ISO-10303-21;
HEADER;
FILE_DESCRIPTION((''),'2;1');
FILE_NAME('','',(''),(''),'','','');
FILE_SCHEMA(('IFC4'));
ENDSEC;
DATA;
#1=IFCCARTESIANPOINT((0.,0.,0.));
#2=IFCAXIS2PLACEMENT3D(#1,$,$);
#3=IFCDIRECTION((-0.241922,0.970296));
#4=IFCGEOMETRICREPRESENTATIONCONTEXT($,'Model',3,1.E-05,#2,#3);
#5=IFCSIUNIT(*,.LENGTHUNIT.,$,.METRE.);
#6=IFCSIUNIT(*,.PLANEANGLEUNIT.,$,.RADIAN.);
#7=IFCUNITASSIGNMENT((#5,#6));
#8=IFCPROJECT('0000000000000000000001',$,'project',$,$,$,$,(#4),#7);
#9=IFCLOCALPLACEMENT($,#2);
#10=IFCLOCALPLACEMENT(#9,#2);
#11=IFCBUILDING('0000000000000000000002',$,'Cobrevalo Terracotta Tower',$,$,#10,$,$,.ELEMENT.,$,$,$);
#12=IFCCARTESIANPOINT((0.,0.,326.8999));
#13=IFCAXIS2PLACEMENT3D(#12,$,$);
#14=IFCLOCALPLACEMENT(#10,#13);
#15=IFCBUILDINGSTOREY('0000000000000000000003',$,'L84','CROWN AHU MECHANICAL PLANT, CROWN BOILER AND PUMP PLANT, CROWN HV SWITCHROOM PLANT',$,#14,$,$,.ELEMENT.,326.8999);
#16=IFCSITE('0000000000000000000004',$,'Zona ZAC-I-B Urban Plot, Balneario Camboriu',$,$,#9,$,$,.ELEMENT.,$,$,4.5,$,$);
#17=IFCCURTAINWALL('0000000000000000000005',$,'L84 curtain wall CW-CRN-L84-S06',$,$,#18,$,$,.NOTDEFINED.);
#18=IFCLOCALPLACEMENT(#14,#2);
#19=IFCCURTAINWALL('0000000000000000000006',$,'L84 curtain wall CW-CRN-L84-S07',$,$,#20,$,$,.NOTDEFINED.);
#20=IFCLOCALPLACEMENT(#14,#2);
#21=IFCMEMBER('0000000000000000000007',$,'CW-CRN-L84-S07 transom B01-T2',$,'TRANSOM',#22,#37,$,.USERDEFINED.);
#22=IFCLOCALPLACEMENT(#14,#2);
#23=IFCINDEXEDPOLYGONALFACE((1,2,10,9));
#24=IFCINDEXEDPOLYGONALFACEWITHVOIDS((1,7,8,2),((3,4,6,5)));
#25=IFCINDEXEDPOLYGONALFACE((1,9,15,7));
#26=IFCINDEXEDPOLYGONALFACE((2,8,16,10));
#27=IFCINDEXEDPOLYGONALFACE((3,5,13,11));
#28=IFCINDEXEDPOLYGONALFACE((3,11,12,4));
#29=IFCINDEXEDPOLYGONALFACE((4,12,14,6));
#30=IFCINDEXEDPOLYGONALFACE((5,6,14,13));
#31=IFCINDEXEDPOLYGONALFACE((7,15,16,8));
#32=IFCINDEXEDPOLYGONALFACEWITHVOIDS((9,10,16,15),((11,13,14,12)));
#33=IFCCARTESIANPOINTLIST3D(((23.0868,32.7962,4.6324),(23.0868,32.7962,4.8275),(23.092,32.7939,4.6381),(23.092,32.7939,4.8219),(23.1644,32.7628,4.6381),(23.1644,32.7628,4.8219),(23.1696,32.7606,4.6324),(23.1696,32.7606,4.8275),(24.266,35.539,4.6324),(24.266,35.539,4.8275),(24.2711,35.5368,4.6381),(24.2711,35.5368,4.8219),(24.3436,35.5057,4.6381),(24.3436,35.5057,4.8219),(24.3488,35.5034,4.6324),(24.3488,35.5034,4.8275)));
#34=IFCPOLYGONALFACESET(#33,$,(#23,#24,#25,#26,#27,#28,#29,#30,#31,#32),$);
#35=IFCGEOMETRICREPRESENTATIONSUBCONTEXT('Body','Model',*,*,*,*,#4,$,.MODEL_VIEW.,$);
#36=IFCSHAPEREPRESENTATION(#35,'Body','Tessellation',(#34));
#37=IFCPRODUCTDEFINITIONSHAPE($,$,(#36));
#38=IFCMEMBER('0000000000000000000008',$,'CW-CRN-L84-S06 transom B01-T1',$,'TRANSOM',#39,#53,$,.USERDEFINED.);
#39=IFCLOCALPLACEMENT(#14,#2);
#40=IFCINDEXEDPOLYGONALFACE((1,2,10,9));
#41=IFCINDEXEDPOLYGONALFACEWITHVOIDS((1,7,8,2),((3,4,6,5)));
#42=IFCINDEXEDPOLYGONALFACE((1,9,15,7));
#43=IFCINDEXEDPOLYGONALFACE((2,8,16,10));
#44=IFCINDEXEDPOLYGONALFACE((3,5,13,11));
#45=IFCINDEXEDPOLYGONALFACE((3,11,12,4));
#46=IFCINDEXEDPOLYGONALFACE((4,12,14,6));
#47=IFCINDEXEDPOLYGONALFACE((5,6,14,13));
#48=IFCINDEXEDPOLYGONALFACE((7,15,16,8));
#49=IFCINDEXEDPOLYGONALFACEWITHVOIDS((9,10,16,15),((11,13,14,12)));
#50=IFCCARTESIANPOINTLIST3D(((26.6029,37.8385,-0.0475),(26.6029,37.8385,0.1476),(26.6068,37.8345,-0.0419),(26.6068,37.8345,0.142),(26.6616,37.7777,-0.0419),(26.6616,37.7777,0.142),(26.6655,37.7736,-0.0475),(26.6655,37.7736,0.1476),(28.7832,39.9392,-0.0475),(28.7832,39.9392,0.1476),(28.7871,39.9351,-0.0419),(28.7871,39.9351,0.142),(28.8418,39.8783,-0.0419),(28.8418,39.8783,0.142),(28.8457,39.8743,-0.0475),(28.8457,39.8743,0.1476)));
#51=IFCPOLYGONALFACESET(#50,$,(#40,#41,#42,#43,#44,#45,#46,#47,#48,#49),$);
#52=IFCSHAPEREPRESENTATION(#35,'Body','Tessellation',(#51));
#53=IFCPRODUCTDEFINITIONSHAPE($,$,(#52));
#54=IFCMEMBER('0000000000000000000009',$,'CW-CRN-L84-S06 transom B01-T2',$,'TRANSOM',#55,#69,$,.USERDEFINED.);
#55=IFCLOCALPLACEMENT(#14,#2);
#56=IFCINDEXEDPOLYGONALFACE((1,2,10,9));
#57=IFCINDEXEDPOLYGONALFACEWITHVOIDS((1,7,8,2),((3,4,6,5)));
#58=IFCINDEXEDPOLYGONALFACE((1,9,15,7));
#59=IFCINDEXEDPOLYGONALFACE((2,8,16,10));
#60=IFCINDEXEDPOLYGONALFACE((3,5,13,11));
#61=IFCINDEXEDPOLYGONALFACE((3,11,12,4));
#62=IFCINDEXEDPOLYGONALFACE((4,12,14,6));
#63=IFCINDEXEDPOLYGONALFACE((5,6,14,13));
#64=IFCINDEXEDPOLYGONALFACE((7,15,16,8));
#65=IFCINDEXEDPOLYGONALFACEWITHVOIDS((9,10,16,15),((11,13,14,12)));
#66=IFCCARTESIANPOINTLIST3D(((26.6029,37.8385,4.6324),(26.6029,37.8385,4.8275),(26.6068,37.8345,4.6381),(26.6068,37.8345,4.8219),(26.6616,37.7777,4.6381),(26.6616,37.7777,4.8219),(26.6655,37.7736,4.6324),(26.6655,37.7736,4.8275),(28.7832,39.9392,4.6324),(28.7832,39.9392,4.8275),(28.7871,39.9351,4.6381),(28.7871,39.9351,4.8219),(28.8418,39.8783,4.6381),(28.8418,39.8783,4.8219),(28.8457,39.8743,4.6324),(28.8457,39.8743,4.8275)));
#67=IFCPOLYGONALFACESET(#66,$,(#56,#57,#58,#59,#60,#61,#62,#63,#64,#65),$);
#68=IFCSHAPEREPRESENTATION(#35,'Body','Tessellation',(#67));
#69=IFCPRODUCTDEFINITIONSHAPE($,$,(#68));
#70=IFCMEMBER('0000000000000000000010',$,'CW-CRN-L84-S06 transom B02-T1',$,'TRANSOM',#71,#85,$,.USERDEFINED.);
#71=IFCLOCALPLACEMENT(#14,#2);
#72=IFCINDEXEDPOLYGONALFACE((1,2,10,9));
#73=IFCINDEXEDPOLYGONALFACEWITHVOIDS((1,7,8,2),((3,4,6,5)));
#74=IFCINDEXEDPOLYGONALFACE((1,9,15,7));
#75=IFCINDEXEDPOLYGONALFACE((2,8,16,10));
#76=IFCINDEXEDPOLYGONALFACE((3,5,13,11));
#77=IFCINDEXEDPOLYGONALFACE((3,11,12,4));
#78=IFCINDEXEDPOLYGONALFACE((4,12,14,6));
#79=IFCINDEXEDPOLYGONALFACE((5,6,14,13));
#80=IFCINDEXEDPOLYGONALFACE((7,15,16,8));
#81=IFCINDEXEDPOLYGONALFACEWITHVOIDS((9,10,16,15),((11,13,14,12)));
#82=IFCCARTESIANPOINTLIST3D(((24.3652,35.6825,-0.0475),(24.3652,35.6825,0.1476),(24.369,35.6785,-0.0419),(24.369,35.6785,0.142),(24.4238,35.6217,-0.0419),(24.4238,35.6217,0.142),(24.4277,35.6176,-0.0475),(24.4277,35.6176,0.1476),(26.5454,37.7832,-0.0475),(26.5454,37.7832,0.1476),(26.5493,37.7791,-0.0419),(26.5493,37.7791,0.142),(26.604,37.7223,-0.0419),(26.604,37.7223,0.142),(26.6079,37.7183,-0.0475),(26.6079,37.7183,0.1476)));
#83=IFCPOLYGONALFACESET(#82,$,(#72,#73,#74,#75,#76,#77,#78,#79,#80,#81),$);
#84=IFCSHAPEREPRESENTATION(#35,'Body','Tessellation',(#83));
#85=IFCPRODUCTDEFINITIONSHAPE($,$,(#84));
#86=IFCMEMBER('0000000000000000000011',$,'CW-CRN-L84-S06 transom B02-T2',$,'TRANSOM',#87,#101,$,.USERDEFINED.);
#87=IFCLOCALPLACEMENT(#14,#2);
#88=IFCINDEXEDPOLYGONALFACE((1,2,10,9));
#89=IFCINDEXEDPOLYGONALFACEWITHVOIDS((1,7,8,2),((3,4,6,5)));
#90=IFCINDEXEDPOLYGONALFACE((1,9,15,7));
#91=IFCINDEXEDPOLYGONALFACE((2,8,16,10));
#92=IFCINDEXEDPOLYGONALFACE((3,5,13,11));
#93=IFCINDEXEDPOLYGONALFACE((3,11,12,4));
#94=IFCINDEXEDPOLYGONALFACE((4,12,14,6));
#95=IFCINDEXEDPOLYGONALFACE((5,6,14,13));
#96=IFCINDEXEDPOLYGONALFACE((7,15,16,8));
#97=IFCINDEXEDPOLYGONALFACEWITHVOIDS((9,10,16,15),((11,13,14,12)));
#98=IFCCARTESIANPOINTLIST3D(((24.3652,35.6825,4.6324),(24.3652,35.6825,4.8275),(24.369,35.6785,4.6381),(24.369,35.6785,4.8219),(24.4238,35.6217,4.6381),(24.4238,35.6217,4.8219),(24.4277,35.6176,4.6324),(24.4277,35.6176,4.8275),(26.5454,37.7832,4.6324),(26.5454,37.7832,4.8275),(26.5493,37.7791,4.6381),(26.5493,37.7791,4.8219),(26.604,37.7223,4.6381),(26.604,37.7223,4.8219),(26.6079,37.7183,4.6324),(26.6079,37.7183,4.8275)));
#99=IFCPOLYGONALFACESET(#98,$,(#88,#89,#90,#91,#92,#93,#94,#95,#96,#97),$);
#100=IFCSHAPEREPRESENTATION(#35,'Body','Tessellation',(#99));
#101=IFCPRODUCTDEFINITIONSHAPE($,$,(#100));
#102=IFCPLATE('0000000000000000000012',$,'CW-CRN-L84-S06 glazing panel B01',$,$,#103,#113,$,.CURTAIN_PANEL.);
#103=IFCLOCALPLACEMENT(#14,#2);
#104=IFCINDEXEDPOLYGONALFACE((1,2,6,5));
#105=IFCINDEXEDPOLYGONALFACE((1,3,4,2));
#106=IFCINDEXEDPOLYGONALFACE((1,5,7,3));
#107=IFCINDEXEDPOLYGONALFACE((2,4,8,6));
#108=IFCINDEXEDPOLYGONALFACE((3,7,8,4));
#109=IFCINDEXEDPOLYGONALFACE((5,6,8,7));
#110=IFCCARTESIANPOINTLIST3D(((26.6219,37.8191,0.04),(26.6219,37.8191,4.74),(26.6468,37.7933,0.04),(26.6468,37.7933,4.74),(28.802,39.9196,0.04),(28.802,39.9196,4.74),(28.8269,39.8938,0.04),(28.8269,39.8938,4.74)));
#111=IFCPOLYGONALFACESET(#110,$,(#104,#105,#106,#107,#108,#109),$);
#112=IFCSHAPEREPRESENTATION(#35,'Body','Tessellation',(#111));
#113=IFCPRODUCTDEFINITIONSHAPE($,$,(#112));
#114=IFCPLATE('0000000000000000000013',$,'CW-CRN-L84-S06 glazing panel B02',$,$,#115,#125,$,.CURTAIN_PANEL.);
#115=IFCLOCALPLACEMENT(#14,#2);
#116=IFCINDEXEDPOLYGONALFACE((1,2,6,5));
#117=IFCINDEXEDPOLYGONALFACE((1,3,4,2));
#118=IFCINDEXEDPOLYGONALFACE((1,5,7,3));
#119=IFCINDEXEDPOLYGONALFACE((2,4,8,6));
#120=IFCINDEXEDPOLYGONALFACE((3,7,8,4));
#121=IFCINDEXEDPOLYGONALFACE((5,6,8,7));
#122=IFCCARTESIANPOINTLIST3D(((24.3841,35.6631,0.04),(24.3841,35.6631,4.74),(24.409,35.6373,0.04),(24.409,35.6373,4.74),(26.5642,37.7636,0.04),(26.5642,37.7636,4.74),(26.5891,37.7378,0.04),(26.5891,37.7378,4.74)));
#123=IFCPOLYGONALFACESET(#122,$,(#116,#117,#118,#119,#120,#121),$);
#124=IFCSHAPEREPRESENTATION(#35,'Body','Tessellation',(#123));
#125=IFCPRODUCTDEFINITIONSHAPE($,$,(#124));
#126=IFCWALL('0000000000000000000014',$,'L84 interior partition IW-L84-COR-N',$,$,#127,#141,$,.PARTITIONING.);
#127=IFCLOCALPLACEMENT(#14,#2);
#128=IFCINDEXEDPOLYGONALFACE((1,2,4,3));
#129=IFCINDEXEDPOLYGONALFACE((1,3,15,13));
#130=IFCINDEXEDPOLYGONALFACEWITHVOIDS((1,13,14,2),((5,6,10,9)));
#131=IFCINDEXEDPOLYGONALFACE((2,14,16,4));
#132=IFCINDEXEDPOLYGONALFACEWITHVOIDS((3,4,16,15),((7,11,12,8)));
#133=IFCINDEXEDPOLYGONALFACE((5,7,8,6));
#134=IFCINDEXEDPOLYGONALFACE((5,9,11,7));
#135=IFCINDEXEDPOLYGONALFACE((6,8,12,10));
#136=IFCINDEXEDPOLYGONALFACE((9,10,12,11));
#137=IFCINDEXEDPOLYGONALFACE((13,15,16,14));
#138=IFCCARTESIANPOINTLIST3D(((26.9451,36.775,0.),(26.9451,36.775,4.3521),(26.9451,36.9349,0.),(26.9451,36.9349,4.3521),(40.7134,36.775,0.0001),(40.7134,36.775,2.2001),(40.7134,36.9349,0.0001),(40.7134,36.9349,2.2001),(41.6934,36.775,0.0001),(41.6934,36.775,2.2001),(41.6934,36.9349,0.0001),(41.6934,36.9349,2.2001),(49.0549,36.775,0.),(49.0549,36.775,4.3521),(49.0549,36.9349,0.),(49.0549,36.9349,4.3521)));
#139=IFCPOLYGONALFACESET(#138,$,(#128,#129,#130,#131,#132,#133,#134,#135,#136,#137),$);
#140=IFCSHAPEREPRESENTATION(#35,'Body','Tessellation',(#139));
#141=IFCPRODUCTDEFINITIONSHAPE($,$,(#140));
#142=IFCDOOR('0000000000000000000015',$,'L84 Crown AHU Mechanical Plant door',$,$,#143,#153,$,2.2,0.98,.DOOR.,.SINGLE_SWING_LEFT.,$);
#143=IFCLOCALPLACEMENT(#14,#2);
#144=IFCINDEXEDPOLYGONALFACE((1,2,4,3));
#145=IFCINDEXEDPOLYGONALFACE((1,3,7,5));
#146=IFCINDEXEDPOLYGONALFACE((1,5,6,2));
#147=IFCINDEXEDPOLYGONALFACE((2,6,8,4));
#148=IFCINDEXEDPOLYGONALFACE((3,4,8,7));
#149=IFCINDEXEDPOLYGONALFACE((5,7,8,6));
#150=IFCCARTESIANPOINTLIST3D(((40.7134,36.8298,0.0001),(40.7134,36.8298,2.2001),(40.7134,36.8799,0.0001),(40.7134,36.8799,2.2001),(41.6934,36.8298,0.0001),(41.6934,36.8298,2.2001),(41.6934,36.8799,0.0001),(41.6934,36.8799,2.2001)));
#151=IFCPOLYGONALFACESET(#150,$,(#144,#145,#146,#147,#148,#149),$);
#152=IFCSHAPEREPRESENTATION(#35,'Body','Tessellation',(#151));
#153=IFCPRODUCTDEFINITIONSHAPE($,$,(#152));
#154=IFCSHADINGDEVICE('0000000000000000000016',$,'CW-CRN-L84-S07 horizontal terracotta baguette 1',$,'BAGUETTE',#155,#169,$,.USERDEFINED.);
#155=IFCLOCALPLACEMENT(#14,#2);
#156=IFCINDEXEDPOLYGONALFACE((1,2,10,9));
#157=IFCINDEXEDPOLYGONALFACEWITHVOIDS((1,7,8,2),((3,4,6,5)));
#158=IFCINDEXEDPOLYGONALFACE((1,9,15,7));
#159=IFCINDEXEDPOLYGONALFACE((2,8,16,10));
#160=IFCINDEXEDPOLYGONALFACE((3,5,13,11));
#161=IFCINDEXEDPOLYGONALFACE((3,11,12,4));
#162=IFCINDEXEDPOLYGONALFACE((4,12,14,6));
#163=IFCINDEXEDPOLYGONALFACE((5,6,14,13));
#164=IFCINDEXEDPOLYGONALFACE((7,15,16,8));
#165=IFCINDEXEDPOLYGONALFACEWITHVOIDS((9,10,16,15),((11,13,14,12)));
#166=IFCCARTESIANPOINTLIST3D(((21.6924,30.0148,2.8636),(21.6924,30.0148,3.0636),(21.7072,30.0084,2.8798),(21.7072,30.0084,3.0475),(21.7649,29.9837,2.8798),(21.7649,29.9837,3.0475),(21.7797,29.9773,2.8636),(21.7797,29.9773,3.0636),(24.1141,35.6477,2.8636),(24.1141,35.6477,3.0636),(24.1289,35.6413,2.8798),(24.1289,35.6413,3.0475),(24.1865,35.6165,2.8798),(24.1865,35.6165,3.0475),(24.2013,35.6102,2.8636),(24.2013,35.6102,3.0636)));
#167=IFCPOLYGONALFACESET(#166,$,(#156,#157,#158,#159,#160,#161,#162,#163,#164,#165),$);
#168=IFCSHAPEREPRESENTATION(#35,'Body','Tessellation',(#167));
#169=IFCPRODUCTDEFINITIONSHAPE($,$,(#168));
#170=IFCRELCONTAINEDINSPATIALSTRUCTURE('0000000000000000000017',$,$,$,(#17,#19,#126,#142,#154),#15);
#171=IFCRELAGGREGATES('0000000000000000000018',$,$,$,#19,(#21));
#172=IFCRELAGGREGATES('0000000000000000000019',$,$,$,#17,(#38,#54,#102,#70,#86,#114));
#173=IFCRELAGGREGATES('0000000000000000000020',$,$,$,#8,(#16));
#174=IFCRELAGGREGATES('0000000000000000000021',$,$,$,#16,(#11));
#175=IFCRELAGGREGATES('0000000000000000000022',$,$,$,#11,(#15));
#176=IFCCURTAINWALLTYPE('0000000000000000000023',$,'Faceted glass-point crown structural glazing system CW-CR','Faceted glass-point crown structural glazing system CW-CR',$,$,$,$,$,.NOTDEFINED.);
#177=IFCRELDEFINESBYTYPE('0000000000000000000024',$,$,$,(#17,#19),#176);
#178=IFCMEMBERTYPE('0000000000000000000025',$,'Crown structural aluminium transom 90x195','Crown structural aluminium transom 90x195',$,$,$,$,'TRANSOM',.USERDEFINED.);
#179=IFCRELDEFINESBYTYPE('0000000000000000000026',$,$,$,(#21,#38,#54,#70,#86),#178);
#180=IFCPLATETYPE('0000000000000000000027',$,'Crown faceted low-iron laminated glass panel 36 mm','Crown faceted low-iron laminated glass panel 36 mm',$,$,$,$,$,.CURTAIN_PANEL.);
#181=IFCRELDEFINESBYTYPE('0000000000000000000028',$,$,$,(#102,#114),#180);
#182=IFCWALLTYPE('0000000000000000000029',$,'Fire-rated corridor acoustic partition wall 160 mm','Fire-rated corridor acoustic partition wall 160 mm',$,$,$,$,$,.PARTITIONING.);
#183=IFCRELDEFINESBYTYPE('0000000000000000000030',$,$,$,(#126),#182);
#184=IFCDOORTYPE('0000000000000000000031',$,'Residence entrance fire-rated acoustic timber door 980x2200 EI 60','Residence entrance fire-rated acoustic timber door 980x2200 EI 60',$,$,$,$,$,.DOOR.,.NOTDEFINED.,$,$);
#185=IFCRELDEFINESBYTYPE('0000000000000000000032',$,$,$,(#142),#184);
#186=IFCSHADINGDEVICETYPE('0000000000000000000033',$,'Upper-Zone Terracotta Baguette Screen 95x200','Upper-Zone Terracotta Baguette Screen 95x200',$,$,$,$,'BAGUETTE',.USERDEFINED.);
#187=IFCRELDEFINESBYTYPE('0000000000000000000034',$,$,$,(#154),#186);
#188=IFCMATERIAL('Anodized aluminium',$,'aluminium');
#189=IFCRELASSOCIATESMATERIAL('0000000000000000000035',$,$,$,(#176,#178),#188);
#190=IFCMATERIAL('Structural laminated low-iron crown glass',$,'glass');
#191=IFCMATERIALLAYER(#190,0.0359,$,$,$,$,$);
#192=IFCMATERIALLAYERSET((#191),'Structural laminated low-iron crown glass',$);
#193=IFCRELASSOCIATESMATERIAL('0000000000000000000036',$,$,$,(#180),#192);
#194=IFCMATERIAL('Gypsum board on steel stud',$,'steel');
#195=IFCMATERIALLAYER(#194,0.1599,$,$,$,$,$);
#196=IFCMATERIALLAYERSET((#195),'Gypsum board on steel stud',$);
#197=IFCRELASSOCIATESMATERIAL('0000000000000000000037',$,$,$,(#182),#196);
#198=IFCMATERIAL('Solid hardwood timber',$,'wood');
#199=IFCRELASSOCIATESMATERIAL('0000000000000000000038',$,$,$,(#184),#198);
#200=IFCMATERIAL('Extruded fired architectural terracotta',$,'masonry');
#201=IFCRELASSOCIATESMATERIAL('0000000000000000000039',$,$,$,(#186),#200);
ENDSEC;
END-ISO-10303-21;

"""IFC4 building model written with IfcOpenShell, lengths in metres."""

from ifc_helpers import new_model, si_unit, direction, frame, frame_2d, origin, origin_2d, place, context, subcontext, project, spatial, rectangle, hollow_rectangle, extrude, source, transform, mapped, material, layer, layer_set, material_profile, profile_set, type_object, element, fill, aggregate, save


model = new_model("IFC4")

# Units and contexts
model_context = context("Model", 3, precision=1e-05, world=origin(), true_north=direction((-0.241922, 0.970296)))
body_context = subcontext(model_context, "Body", "Model", "MODEL_VIEW")
ifc_project = project(units=[si_unit("LENGTHUNIT", "METRE"), si_unit("PLANEANGLEUNIT", "RADIAN")], contexts=[model_context])

# Site, building, storey
site_placement = place(None, origin())
site = spatial("IfcSite", under=ifc_project, at=site_placement, Name="Zona ZAC-I-B Urban Plot, Balneario Camboriu", CompositionType="ELEMENT", RefElevation=4.5)
building_placement = place(site_placement, origin())
building = spatial("IfcBuilding", under=site, at=building_placement, Name="Cobrevalo Terracotta Tower", CompositionType="ELEMENT")
storey_placement = place(building_placement, frame((0.0, 0.0, 326.8999)))
storey = spatial("IfcBuildingStorey", under=building, at=storey_placement, Name="L84", Description="CROWN AHU MECHANICAL PLANT, CROWN BOILER AND PUMP PLANT, CROWN HV SWITCHROOM PLANT", CompositionType="ELEMENT", Elevation=326.8999)

# Shared definitions
ifc_material_1 = material(Name="Anodized aluminium", Category="aluminium")
curtain_wall_type = type_object("IfcCurtainWallType", Name="Faceted glass-point crown structural glazing system CW-CR", Description="Faceted glass-point crown structural glazing system CW-CR", PredefinedType="NOTDEFINED", material=ifc_material_1)

# Curtain walls, member
curtain_wall_1_placement = place(storey_placement, origin())
curtain_wall_1 = element("IfcCurtainWall", 1, at=curtain_wall_1_placement, inside=storey, type_object=curtain_wall_type, Name="L84 curtain wall CW-CRN-L84-S06", PredefinedType="NOTDEFINED")
curtain_wall_2_placement = place(storey_placement, origin())
curtain_wall_2 = element("IfcCurtainWall", 2, at=curtain_wall_2_placement, inside=storey, type_object=curtain_wall_type, Name="L84 curtain wall CW-CRN-L84-S07", PredefinedType="NOTDEFINED")
ifc_material_profile_1 = material_profile(ifc_material_1, hollow_rectangle(XDim=0.0901, YDim=0.1951, WallThickness=0.0056, at=origin_2d()), Name="CWT 90x195")
ifc_profile_set_1 = profile_set([ifc_material_profile_1], Name="Anodized aluminium")
member_type_1 = type_object("IfcMemberType", Name="Crown structural aluminium transom 90x195", Description="Crown structural aluminium transom 90x195", ElementType="TRANSOM", PredefinedType="USERDEFINED", material=ifc_profile_set_1)
shared_shape_1 = source(origin(), body_context, "Body", "SweptSolid", [
    extrude(hollow_rectangle(XDim=0.0901, YDim=0.1951, WallThickness=0.0056, at=origin_2d()), origin(), (0.0, 0.0, 1.0), 2.9856),
])
member_1_placement = place(storey_placement, frame((24.3074, 35.5212, 4.73), z_axis=(-0.394955, -0.9187, 0.0), x_axis=(0.9187, -0.394955, 0.0)))
member_1 = element("IfcMember", 3, at=member_1_placement, type_object=member_type_1, Name="CW-CRN-L84-S07 transom B01-T2", ObjectType="TRANSOM", PredefinedType="USERDEFINED", context=body_context, shape_type="MappedRepresentation", body=[
    mapped(shared_shape_1, transform((0.0, 0.0, 0.0), scale=1.0)),
])
aggregate(curtain_wall_2, [member_1])

# Members
shared_shape_2 = source(origin(), body_context, "Body", "SweptSolid", [
    extrude(hollow_rectangle(XDim=0.0901, YDim=0.1951, WallThickness=0.0056, at=origin_2d()), origin(), (0.0, 0.0, 1.0), 3.0276),
])
member_2_placement = place(storey_placement, frame((28.8145, 39.9067, 0.05), z_axis=(-0.720129, -0.69384, 0.0), x_axis=(0.69384, -0.720129, 0.0)))
member_2 = element("IfcMember", 4, at=member_2_placement, type_object=member_type_1, Name="CW-CRN-L84-S06 transom B01-T1", ObjectType="TRANSOM", PredefinedType="USERDEFINED", context=body_context, shape_type="MappedRepresentation", body=[
    mapped(shared_shape_2, transform((0.0, 0.0, 0.0), scale=1.0)),
])
member_3_placement = place(storey_placement, frame((28.8145, 39.9067, 4.73), z_axis=(-0.720129, -0.69384, 0.0), x_axis=(0.69384, -0.720129, 0.0)))
member_3 = element("IfcMember", 5, at=member_3_placement, type_object=member_type_1, Name="CW-CRN-L84-S06 transom B01-T2", ObjectType="TRANSOM", PredefinedType="USERDEFINED", context=body_context, shape_type="MappedRepresentation", body=[
    mapped(shared_shape_2, transform((0.0, 0.0, 0.0), scale=1.0)),
])
member_4_placement = place(storey_placement, frame((26.5767, 37.7507, 0.05), z_axis=(-0.720129, -0.69384, 0.0), x_axis=(0.69384, -0.720129, 0.0)))
member_4 = element("IfcMember", 6, at=member_4_placement, type_object=member_type_1, Name="CW-CRN-L84-S06 transom B02-T1", ObjectType="TRANSOM", PredefinedType="USERDEFINED", context=body_context, shape_type="MappedRepresentation", body=[
    mapped(shared_shape_2, transform((0.0, 0.0, 0.0), scale=1.0)),
])
member_5_placement = place(storey_placement, frame((26.5767, 37.7507, 4.73), z_axis=(-0.720129, -0.69384, 0.0), x_axis=(0.69384, -0.720129, 0.0)))
member_5 = element("IfcMember", 7, at=member_5_placement, type_object=member_type_1, Name="CW-CRN-L84-S06 transom B02-T2", ObjectType="TRANSOM", PredefinedType="USERDEFINED", context=body_context, shape_type="MappedRepresentation", body=[
    mapped(shared_shape_2, transform((0.0, 0.0, 0.0), scale=1.0)),
])

# Plates
ifc_material_2 = material(Name="Structural laminated low-iron crown glass", Category="glass")
ifc_layer_1 = layer(ifc_material_2, 0.0359)
ifc_layer_set_1 = layer_set([ifc_layer_1], Name="Structural laminated low-iron crown glass")
plate_type = type_object("IfcPlateType", Name="Crown faceted low-iron laminated glass panel 36 mm", Description="Crown faceted low-iron laminated glass panel 36 mm", PredefinedType="CURTAIN_PANEL", material=ifc_layer_set_1)
shared_shape_3 = source(origin(), body_context, "Body", "SweptSolid", [
    extrude(rectangle(XDim=3.0273, YDim=0.0359, at=origin_2d()), origin(), (0.0, 0.0, 1.0), 4.7),
])
plate_1_placement = place(storey_placement, frame((27.7244, 38.8564, 0.04), z_axis=(0.0, 0.0, 1.0), x_axis=(-0.720133, -0.693836, 0.0)))
plate_1 = element("IfcPlate", 8, at=plate_1_placement, type_object=plate_type, Name="CW-CRN-L84-S06 glazing panel B01", PredefinedType="CURTAIN_PANEL", context=body_context, shape_type="MappedRepresentation", body=[
    mapped(shared_shape_3, transform((0.0, 0.0, 0.0), scale=1.0)),
])
plate_2_placement = place(storey_placement, frame((25.4866, 36.7004, 0.04), z_axis=(0.0, 0.0, 1.0), x_axis=(-0.720133, -0.693836, 0.0)))
plate_2 = element("IfcPlate", 9, at=plate_2_placement, type_object=plate_type, Name="CW-CRN-L84-S06 glazing panel B02", PredefinedType="CURTAIN_PANEL", context=body_context, shape_type="MappedRepresentation", body=[
    mapped(shared_shape_3, transform((0.0, 0.0, 0.0), scale=1.0)),
])
aggregate(curtain_wall_1, [member_2, member_3, plate_1, member_4, member_5, plate_2])

# Wall, opening, door
ifc_material_3 = material(Name="Gypsum board on steel stud", Category="steel")
ifc_layer_2 = layer(ifc_material_3, 0.1599)
ifc_layer_set_2 = layer_set([ifc_layer_2], Name="Gypsum board on steel stud")
wall_type = type_object("IfcWallType", Name="Fire-rated corridor acoustic partition wall 160 mm", Description="Fire-rated corridor acoustic partition wall 160 mm", PredefinedType="PARTITIONING", material=ifc_layer_set_2)
wall_placement = place(storey_placement, frame((26.9451, 36.855, 0.0), z_axis=(0.0, 0.0, 1.0), x_axis=(1.0, 0.0, 0.0)))
wall = element("IfcWall", 10, at=wall_placement, inside=storey, type_object=wall_type, Name="L84 interior partition IW-L84-COR-N", PredefinedType="PARTITIONING", context=body_context, shape_type="SweptSolid", body=[
    extrude(rectangle(XDim=22.1099, YDim=0.1599, at=frame_2d((11.0549, 0.0))), origin(), (0.0, 0.0, 1.0), 4.3521),
])
opening_placement = place(wall_placement, frame((13.7683, 0.0, 0.0)))
opening = element("IfcOpeningElement", 11, at=opening_placement, cuts=wall, PredefinedType="OPENING", context=body_context, shape_type="SweptSolid", body=[
    extrude(rectangle(XDim=0.98, YDim=2.2, at=frame_2d((0.49, 1.1001))), frame((0.0, 0.0898, 0.0), z_axis=(0.0, -1.0, 0.0), x_axis=(1.0, 0.0, 0.0)), (0.0, 0.0, 1.0), 0.1799),
])
ifc_material_4 = material(Name="Solid hardwood timber", Category="wood")
door_type = type_object("IfcDoorType", Name="Residence entrance fire-rated acoustic timber door 980x2200 EI 60", Description="Residence entrance fire-rated acoustic timber door 980x2200 EI 60", OperationType="NOTDEFINED", PredefinedType="DOOR", material=ifc_material_4)
shared_shape_4 = source(origin(), body_context, "Body", "SweptSolid", [
    extrude(rectangle(XDim=0.98, YDim=2.2, at=frame_2d((0.49, 1.1001))), frame((0.0, 0.0249, 0.0), z_axis=(0.0, -1.0, 0.0), x_axis=(1.0, 0.0, 0.0)), (0.0, 0.0, 1.0), 0.05),
])
door_placement = place(opening_placement, origin())
door = element("IfcDoor", 12, at=door_placement, inside=storey, type_object=door_type, Name="L84 Crown AHU Mechanical Plant door", OperationType="SINGLE_SWING_LEFT", OverallHeight=2.2, OverallWidth=0.98, PredefinedType="DOOR", context=body_context, shape_type="MappedRepresentation", body=[
    mapped(shared_shape_4, transform((0.0, 0.0, 0.0), scale=1.0)),
])
fill(opening, door)

# Shading device
ifc_material_5 = material(Name="Extruded fired architectural terracotta", Category="masonry")
ifc_material_profile_2 = material_profile(ifc_material_5, hollow_rectangle(XDim=0.095, YDim=0.2, WallThickness=0.0161, at=origin_2d()), Name="BAGUETTE 95x200")
ifc_profile_set_2 = profile_set([ifc_material_profile_2], Name="Extruded fired architectural terracotta")
shading_device_type = type_object("IfcShadingDeviceType", Name="Upper-Zone Terracotta Baguette Screen 95x200", Description="Upper-Zone Terracotta Baguette Screen 95x200", ElementType="BAGUETTE", PredefinedType="USERDEFINED", material=ifc_profile_set_2)
shared_shape_5 = source(origin(), body_context, "Body", "SweptSolid", [
    extrude(hollow_rectangle(XDim=0.095, YDim=0.2, WallThickness=0.0161, at=origin_2d()), origin(), (0.0, 0.0, 1.0), 6.1313),
])
for number, where, z_axis, x_axis, name in (
    (13, (24.1577, 35.6289, 2.9636), (-0.394962, -0.918698, 0.0), (0.918698, -0.394962, 0.0), "CW-CRN-L84-S07 horizontal terracotta baguette 1"),
):
    element("IfcShadingDevice", number, at=place(storey_placement, frame(where, z_axis=z_axis, x_axis=x_axis)), inside=storey, type_object=shading_device_type, Name=name, ObjectType="BAGUETTE", PredefinedType="USERDEFINED", context=body_context, shape_type="MappedRepresentation", body=[
        mapped(shared_shape_5, transform((0.0, 0.0, 0.0), scale=1.0)),
    ])

save(model, "model.ifc")
